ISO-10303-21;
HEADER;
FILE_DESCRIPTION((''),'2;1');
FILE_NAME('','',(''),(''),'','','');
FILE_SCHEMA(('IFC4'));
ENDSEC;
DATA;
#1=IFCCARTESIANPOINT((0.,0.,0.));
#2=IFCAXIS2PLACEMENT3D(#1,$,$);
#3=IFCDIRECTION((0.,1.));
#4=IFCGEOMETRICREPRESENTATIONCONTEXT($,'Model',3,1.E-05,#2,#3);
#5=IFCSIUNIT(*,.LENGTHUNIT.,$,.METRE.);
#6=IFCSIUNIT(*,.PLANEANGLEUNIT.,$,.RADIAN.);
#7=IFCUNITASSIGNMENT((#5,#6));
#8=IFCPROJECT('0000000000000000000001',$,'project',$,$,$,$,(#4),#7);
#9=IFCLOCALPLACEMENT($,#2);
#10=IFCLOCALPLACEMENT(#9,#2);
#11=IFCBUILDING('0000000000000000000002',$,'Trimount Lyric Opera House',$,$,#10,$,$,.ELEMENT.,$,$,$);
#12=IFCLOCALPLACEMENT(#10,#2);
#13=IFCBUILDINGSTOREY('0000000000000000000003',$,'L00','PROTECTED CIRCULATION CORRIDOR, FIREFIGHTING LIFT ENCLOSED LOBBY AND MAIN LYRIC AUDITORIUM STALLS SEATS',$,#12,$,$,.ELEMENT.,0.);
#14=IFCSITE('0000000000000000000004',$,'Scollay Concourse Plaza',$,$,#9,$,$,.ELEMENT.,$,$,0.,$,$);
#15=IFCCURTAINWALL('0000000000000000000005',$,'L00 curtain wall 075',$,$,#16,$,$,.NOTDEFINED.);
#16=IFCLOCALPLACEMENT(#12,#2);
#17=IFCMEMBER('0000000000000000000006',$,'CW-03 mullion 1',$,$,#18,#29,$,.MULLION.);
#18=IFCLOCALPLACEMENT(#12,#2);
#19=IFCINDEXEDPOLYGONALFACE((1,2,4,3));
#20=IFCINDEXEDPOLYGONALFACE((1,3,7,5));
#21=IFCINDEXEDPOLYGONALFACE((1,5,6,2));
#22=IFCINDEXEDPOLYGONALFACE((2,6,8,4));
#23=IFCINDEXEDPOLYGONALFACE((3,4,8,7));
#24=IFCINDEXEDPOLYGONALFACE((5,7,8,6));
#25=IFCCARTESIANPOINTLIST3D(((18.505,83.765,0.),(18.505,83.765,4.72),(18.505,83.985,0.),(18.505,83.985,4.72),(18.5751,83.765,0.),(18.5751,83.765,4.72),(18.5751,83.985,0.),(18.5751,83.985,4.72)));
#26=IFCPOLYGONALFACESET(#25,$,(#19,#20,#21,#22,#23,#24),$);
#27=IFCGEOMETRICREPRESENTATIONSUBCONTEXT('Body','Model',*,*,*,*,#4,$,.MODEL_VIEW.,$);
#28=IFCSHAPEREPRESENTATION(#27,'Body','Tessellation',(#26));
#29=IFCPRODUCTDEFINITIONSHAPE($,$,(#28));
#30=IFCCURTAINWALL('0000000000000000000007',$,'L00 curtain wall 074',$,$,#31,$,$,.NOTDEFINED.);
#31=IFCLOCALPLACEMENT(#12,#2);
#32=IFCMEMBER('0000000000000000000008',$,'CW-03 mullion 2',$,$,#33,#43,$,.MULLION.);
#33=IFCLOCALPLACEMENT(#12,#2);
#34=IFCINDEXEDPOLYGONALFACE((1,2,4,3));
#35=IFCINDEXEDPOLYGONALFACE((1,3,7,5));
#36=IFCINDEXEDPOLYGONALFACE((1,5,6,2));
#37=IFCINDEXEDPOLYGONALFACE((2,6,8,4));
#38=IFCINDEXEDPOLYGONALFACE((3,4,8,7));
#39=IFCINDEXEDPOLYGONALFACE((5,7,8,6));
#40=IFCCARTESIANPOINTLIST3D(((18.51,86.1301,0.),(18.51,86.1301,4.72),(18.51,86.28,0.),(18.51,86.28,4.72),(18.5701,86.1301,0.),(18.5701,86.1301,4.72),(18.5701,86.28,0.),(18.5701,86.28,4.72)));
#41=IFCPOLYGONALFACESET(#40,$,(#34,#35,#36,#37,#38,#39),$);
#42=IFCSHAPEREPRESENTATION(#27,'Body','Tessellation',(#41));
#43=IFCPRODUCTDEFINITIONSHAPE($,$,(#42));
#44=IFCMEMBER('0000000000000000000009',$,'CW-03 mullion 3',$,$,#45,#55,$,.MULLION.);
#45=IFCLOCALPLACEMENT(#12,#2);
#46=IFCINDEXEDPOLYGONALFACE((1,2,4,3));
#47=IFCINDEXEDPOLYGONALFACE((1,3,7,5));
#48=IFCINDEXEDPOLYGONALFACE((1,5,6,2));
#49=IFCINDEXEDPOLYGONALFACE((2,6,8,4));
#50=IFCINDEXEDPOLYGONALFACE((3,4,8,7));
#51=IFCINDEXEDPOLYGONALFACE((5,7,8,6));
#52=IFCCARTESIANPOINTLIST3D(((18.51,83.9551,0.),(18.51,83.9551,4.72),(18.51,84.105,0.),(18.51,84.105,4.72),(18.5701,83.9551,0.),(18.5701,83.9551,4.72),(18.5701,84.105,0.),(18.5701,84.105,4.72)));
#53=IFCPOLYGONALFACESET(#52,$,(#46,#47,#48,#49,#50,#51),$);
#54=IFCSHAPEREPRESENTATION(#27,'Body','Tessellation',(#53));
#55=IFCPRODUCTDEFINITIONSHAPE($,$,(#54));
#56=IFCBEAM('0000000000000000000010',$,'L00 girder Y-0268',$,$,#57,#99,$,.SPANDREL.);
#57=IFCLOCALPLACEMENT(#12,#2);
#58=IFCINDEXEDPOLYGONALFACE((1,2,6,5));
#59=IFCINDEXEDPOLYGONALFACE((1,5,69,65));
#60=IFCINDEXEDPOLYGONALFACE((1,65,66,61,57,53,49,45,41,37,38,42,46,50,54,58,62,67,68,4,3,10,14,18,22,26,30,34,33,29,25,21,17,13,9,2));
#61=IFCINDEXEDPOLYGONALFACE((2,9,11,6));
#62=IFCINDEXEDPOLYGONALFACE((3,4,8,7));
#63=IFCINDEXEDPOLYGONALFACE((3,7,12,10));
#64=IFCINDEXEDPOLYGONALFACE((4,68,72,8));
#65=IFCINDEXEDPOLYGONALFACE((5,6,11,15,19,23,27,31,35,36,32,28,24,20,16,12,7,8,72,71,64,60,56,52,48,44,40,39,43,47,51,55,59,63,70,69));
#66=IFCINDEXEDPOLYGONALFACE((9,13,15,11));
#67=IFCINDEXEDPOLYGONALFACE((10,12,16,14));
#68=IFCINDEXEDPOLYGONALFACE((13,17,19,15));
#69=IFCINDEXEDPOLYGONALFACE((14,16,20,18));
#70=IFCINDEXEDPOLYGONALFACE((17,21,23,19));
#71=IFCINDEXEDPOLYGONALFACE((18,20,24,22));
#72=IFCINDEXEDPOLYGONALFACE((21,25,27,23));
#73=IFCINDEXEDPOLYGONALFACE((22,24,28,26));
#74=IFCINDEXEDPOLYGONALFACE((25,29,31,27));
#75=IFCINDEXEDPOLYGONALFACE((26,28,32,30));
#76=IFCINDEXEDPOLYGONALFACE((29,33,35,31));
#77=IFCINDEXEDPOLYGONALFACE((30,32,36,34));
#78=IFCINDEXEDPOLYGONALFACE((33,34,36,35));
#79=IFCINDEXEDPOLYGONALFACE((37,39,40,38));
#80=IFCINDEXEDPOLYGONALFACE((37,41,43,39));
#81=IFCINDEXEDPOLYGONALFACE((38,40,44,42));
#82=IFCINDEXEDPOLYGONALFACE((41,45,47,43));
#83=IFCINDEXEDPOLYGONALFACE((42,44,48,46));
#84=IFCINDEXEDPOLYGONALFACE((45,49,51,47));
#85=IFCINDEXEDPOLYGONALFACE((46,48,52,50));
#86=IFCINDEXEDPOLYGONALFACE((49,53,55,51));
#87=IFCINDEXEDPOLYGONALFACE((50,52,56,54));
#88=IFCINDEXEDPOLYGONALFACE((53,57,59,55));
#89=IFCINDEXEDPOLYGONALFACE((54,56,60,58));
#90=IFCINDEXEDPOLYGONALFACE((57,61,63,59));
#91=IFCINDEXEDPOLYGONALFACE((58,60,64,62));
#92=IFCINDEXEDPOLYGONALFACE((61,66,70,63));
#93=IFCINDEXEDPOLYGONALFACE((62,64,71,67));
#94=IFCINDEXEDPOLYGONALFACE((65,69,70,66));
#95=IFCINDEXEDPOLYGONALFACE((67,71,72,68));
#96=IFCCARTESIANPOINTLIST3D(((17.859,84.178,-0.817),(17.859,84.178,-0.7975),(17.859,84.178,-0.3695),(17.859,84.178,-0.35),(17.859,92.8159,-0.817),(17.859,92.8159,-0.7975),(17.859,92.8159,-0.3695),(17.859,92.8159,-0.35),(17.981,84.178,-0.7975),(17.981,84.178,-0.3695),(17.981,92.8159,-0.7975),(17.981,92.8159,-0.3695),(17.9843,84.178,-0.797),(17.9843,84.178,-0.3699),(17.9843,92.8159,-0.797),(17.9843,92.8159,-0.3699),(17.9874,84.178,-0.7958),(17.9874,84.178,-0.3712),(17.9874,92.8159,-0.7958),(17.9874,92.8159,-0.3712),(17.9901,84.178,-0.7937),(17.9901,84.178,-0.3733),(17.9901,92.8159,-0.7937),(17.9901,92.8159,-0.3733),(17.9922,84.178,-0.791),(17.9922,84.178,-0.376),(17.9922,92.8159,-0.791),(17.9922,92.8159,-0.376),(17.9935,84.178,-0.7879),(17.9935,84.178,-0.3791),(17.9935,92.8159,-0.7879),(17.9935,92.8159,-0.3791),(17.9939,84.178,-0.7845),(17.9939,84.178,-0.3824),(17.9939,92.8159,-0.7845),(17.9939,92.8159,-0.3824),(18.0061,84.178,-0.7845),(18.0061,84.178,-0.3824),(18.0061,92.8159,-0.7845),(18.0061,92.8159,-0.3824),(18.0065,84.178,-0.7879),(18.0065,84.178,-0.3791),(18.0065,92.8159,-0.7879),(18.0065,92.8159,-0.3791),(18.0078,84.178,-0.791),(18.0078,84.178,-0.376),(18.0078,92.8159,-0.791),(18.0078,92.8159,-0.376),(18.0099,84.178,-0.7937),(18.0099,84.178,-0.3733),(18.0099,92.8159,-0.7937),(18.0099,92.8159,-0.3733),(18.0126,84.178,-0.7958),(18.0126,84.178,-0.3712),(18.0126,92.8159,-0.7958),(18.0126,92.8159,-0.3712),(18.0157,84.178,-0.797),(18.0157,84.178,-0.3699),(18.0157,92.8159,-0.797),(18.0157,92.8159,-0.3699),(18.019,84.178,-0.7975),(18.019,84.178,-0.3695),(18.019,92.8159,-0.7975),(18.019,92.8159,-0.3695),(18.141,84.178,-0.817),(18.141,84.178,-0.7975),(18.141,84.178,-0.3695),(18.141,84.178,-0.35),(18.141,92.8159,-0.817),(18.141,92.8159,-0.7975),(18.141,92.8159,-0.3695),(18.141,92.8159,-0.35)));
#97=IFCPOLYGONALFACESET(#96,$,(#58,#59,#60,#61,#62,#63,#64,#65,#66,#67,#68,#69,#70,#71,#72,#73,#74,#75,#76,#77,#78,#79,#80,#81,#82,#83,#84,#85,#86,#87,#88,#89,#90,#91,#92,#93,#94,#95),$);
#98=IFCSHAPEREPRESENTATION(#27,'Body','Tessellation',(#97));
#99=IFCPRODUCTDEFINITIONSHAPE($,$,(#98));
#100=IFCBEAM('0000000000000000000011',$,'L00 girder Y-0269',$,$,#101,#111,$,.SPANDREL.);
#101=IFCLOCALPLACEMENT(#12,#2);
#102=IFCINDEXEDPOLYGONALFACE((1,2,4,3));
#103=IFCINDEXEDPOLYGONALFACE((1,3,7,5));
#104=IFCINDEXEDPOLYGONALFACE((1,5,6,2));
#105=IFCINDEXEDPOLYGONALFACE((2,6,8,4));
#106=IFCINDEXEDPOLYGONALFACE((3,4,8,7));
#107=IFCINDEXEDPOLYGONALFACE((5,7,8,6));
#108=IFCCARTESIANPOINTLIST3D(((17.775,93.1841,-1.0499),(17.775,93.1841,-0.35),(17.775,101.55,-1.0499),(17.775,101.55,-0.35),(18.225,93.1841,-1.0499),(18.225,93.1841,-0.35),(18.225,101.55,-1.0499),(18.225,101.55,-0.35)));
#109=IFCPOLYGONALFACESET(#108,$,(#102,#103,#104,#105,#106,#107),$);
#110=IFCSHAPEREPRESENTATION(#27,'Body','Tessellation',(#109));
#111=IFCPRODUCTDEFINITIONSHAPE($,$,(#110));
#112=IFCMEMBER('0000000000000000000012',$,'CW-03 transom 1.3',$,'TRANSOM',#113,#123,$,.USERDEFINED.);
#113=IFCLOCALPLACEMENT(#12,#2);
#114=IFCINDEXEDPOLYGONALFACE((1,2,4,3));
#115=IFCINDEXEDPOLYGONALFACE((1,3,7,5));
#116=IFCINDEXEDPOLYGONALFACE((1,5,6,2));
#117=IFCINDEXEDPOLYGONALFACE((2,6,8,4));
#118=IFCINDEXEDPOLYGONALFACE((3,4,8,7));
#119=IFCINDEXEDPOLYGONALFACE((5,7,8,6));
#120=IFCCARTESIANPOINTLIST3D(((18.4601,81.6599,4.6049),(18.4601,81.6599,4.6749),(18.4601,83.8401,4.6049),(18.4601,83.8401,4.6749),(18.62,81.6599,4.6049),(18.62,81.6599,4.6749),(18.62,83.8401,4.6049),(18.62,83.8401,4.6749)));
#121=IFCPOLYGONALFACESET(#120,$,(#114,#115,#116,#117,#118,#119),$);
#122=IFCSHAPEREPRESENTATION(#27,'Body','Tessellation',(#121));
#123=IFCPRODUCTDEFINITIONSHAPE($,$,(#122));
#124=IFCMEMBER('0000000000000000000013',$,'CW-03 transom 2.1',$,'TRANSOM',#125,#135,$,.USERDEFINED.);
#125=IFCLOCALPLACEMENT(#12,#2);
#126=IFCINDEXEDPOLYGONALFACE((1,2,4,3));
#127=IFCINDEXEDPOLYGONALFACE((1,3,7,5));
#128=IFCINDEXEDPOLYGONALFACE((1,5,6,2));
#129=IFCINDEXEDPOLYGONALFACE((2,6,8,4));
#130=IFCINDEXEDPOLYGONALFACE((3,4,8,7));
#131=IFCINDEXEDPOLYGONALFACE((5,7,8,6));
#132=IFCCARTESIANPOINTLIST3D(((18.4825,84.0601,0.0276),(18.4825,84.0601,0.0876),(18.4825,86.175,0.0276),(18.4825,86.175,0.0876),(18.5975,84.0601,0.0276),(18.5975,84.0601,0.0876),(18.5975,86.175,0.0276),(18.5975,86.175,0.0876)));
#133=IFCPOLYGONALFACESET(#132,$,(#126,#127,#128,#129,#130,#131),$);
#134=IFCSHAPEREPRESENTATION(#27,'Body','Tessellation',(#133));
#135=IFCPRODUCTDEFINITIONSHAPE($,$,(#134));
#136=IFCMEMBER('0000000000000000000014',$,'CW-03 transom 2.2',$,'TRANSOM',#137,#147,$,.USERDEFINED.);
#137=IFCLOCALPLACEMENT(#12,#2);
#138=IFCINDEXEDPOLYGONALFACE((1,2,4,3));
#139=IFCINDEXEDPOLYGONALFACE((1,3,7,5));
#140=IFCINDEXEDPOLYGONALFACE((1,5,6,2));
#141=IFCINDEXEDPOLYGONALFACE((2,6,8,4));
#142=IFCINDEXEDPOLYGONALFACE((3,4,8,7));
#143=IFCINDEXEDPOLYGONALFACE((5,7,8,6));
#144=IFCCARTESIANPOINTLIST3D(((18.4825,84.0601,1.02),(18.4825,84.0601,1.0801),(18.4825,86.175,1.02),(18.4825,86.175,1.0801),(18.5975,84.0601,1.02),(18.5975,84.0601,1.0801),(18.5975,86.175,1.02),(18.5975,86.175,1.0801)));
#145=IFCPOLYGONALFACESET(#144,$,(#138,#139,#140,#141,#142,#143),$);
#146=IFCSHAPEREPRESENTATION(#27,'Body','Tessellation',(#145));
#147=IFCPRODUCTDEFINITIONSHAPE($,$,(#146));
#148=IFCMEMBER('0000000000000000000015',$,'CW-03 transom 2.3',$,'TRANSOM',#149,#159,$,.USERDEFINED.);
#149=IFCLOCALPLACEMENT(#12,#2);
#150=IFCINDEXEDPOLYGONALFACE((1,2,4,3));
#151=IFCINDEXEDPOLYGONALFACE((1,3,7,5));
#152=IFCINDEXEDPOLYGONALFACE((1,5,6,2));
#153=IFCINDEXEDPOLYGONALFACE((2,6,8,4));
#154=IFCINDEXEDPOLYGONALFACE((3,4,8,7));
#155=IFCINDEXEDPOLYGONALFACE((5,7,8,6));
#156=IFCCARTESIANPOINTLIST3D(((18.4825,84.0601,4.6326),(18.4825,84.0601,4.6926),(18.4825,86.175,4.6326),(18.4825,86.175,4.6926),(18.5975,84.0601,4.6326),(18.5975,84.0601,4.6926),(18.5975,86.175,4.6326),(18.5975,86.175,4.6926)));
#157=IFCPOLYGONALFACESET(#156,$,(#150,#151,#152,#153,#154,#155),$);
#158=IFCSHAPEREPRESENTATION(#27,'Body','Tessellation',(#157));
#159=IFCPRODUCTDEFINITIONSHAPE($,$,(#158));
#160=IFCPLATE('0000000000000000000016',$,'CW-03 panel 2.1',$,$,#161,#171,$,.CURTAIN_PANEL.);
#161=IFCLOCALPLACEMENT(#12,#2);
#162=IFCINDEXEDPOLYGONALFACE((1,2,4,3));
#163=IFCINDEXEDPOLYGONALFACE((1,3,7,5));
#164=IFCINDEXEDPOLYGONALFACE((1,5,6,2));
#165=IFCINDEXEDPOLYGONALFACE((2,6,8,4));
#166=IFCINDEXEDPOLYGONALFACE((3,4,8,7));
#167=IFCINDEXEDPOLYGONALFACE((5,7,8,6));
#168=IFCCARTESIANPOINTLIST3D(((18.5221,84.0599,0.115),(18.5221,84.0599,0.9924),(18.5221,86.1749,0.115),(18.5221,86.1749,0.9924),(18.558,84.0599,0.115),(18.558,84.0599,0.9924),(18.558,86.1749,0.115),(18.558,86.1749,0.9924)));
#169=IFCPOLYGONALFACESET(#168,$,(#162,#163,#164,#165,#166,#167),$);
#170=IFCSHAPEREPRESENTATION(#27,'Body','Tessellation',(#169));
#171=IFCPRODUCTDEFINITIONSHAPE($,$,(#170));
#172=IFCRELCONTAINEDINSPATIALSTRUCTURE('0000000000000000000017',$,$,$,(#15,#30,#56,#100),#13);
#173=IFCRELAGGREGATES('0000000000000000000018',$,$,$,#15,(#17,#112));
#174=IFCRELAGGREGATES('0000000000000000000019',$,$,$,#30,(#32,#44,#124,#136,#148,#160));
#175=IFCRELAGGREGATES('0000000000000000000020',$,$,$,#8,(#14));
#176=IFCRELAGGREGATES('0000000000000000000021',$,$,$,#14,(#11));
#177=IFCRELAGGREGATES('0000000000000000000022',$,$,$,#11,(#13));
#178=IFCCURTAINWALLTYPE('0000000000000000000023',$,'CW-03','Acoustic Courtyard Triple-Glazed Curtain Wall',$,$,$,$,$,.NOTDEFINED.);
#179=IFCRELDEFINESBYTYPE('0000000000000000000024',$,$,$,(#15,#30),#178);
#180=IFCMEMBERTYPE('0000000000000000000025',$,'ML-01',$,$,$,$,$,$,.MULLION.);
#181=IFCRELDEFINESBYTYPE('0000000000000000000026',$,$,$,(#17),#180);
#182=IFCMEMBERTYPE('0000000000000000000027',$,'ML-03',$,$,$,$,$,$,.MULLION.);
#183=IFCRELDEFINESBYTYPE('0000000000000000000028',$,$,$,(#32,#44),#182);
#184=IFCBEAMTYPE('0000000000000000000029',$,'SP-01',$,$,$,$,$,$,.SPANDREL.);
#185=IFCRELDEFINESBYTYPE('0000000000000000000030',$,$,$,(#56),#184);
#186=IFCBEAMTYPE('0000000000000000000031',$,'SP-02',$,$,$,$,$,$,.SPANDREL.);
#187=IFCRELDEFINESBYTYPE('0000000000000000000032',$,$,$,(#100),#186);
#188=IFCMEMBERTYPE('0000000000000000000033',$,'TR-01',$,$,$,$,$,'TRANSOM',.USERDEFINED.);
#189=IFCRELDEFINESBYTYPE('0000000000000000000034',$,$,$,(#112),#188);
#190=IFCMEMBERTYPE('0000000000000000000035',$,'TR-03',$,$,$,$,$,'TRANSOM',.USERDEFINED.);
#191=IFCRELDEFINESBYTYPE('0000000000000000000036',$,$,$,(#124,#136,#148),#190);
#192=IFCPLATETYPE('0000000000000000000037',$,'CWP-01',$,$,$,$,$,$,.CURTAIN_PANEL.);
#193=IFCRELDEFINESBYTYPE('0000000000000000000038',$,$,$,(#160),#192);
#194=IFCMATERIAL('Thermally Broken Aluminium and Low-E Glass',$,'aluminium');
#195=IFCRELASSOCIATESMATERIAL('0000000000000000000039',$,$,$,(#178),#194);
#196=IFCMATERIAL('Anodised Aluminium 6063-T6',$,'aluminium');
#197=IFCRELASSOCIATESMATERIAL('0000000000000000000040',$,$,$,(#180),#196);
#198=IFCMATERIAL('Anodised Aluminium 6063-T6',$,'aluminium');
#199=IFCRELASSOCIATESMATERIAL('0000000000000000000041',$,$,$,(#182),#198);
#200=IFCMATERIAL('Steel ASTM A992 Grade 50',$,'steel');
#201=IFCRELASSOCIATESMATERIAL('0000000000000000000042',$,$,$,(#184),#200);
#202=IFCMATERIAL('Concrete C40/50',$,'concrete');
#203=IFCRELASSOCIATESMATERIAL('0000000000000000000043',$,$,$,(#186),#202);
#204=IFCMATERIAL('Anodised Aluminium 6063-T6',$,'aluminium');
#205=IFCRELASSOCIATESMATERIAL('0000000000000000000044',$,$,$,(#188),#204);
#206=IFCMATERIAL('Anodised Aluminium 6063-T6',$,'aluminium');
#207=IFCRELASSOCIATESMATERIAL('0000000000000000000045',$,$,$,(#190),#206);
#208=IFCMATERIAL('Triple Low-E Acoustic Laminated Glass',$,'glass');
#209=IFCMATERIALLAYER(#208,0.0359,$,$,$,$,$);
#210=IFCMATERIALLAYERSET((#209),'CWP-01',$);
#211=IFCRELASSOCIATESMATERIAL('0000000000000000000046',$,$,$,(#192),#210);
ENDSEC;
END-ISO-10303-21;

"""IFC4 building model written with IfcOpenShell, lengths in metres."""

from ifc_helpers import new_model, si_unit, direction, frame, origin, origin_2d, place, context, subcontext, project, spatial, rectangle, i_section, extrude, material, layer, layer_set, material_profile, profile_set, type_object, element, aggregate, save


model = new_model("IFC4")

# Units and contexts
model_context = context("Model", 3, precision=1e-05, world=origin(), true_north=direction((0.0, 1.0)))
body_context = subcontext(model_context, "Body", "Model", "MODEL_VIEW")
ifc_project = project(units=[si_unit("LENGTHUNIT", "METRE"), si_unit("PLANEANGLEUNIT", "RADIAN")], contexts=[model_context])

# Site, building, storey
site_placement = place(None, origin())
site = spatial("IfcSite", under=ifc_project, at=site_placement, Name="Scollay Concourse Plaza", CompositionType="ELEMENT", RefElevation=0.0)
building_placement = place(site_placement, origin())
building = spatial("IfcBuilding", under=site, at=building_placement, Name="Trimount Lyric Opera House", CompositionType="ELEMENT")
storey_placement = place(building_placement, origin())
storey = spatial("IfcBuildingStorey", under=building, at=storey_placement, Name="L00", Description="PROTECTED CIRCULATION CORRIDOR, FIREFIGHTING LIFT ENCLOSED LOBBY AND MAIN LYRIC AUDITORIUM STALLS SEATS", CompositionType="ELEMENT", Elevation=0.0)

# Curtain wall, member
ifc_material_1 = material(Name="Thermally Broken Aluminium and Low-E Glass", Category="aluminium")
curtain_wall_type = type_object("IfcCurtainWallType", Name="CW-03", Description="Acoustic Courtyard Triple-Glazed Curtain Wall", PredefinedType="NOTDEFINED", material=ifc_material_1)
curtain_wall_1_placement = place(storey_placement, origin())
curtain_wall_1 = element("IfcCurtainWall", 1, at=curtain_wall_1_placement, inside=storey, type_object=curtain_wall_type, Name="L00 curtain wall 075", PredefinedType="NOTDEFINED")
ifc_material_2 = material(Name="Anodised Aluminium 6063-T6", Category="aluminium")
ifc_material_profile_1 = material_profile(ifc_material_2, rectangle(XDim=0.0701, YDim=0.22, at=origin_2d()), Name="ALU-MULL-70X220")
ifc_profile_set_1 = profile_set([ifc_material_profile_1], Name="Anodised Aluminium 6063-T6")
member_type_1 = type_object("IfcMemberType", Name="ML-01", PredefinedType="MULLION", material=ifc_profile_set_1)
member_1_placement = place(storey_placement, frame((18.54, 83.875, 0.0), z_axis=(0.0, 0.0, 1.0), x_axis=(1.0, 0.0, 0.0)))
member_1 = element("IfcMember", 2, at=member_1_placement, type_object=member_type_1, Name="CW-03 mullion 1", PredefinedType="MULLION", context=body_context, shape_type="SweptSolid", body=[
    extrude(rectangle(XDim=0.0701, YDim=0.22, at=origin_2d()), origin(), (0.0, 0.0, 1.0), 4.72),
])

# Curtain wall, members
curtain_wall_2_placement = place(storey_placement, origin())
curtain_wall_2 = element("IfcCurtainWall", 3, at=curtain_wall_2_placement, inside=storey, type_object=curtain_wall_type, Name="L00 curtain wall 074", PredefinedType="NOTDEFINED")
ifc_material_3 = material(Name="Anodised Aluminium 6063-T6", Category="aluminium")
ifc_material_profile_2 = material_profile(ifc_material_3, rectangle(XDim=0.0601, YDim=0.1499, at=origin_2d()), Name="ALU-MULL-60X150")
ifc_profile_set_2 = profile_set([ifc_material_profile_2], Name="Anodised Aluminium 6063-T6")
member_type_2 = type_object("IfcMemberType", Name="ML-03", PredefinedType="MULLION", material=ifc_profile_set_2)
member_2_placement = place(storey_placement, frame((18.54, 86.2051, 0.0), z_axis=(0.0, 0.0, 1.0), x_axis=(1.0, 0.0, 0.0)))
member_2 = element("IfcMember", 4, at=member_2_placement, type_object=member_type_2, Name="CW-03 mullion 2", PredefinedType="MULLION", context=body_context, shape_type="SweptSolid", body=[
    extrude(rectangle(XDim=0.0601, YDim=0.1499, at=origin_2d()), origin(), (0.0, 0.0, 1.0), 4.72),
])
member_3_placement = place(storey_placement, frame((18.54, 84.03, 0.0), z_axis=(0.0, 0.0, 1.0), x_axis=(1.0, 0.0, 0.0)))
member_3 = element("IfcMember", 5, at=member_3_placement, type_object=member_type_2, Name="CW-03 mullion 3", PredefinedType="MULLION", context=body_context, shape_type="SweptSolid", body=[
    extrude(rectangle(XDim=0.0601, YDim=0.1499, at=origin_2d()), origin(), (0.0, 0.0, 1.0), 4.72),
])

# Beams
ifc_material_4 = material(Name="Steel ASTM A992 Grade 50", Category="steel")
ifc_material_profile_3 = material_profile(ifc_material_4, i_section(OverallWidth=0.282, OverallDepth=0.467, WebThickness=0.0122, FlangeThickness=0.0195, FilletRadius=0.0129, at=origin_2d()), Name="W18X86")
ifc_profile_set_3 = profile_set([ifc_material_profile_3], Name="Steel ASTM A992 Grade 50")
beam_type_1 = type_object("IfcBeamType", Name="SP-01", PredefinedType="SPANDREL", material=ifc_profile_set_3)
beam_1_placement = place(storey_placement, frame((18.0, 84.178, -0.5835), z_axis=(0.0, 1.0, 0.0), x_axis=(-1.0, 0.0, 0.0)))
element("IfcBeam", 6, at=beam_1_placement, inside=storey, type_object=beam_type_1, Name="L00 girder Y-0268", PredefinedType="SPANDREL", context=body_context, shape_type="SweptSolid", body=[
    extrude(i_section(OverallWidth=0.282, OverallDepth=0.467, WebThickness=0.0122, FlangeThickness=0.0195, FilletRadius=0.0129, at=origin_2d()), origin(), (0.0, 0.0, 1.0), 8.6379),
])
ifc_material_5 = material(Name="Concrete C40/50", Category="concrete")
ifc_material_profile_4 = material_profile(ifc_material_5, rectangle(XDim=0.45, YDim=0.7, at=origin_2d()), Name="RC450X700")
ifc_profile_set_4 = profile_set([ifc_material_profile_4], Name="Concrete C40/50")
beam_type_2 = type_object("IfcBeamType", Name="SP-02", PredefinedType="SPANDREL", material=ifc_profile_set_4)
beam_2_placement = place(storey_placement, frame((18.0, 93.1841, -0.7), z_axis=(0.0, 1.0, 0.0), x_axis=(-1.0, 0.0, 0.0)))
element("IfcBeam", 7, at=beam_2_placement, inside=storey, type_object=beam_type_2, Name="L00 girder Y-0269", PredefinedType="SPANDREL", context=body_context, shape_type="SweptSolid", body=[
    extrude(rectangle(XDim=0.45, YDim=0.7, at=origin_2d()), origin(), (0.0, 0.0, 1.0), 8.366),
])

# Members
ifc_material_6 = material(Name="Anodised Aluminium 6063-T6", Category="aluminium")
ifc_material_profile_5 = material_profile(ifc_material_6, rectangle(XDim=0.1599, YDim=0.0701, at=origin_2d()), Name="ALU-TRAN-70X160")
ifc_profile_set_5 = profile_set([ifc_material_profile_5], Name="Anodised Aluminium 6063-T6")
member_type_3 = type_object("IfcMemberType", Name="TR-01", ElementType="TRANSOM", PredefinedType="USERDEFINED", material=ifc_profile_set_5)
member_4_placement = place(storey_placement, frame((18.54, 83.8401, 4.6399), z_axis=(0.0, -1.0, 0.0), x_axis=(1.0, 0.0, 0.0)))
member_4 = element("IfcMember", 8, at=member_4_placement, type_object=member_type_3, Name="CW-03 transom 1.3", ObjectType="TRANSOM", PredefinedType="USERDEFINED", context=body_context, shape_type="SweptSolid", body=[
    extrude(rectangle(XDim=0.1599, YDim=0.0701, at=origin_2d()), origin(), (0.0, 0.0, 1.0), 2.1802),
])
aggregate(curtain_wall_1, [member_1, member_4])
ifc_material_7 = material(Name="Anodised Aluminium 6063-T6", Category="aluminium")
ifc_material_profile_6 = material_profile(ifc_material_7, rectangle(XDim=0.115, YDim=0.0601, at=origin_2d()), Name="ALU-TRAN-60X115")
ifc_profile_set_6 = profile_set([ifc_material_profile_6], Name="Anodised Aluminium 6063-T6")
member_type_4 = type_object("IfcMemberType", Name="TR-03", ElementType="TRANSOM", PredefinedType="USERDEFINED", material=ifc_profile_set_6)
member_5_placement = place(storey_placement, frame((18.54, 86.175, 0.0576), z_axis=(0.0, -1.0, 0.0), x_axis=(1.0, 0.0, 0.0)))
member_5 = element("IfcMember", 9, at=member_5_placement, type_object=member_type_4, Name="CW-03 transom 2.1", ObjectType="TRANSOM", PredefinedType="USERDEFINED", context=body_context, shape_type="SweptSolid", body=[
    extrude(rectangle(XDim=0.115, YDim=0.0601, at=origin_2d()), origin(), (0.0, 0.0, 1.0), 2.115),
])
member_6_placement = place(storey_placement, frame((18.54, 86.175, 1.05), z_axis=(0.0, -1.0, 0.0), x_axis=(1.0, 0.0, 0.0)))
member_6 = element("IfcMember", 10, at=member_6_placement, type_object=member_type_4, Name="CW-03 transom 2.2", ObjectType="TRANSOM", PredefinedType="USERDEFINED", context=body_context, shape_type="SweptSolid", body=[
    extrude(rectangle(XDim=0.115, YDim=0.0601, at=origin_2d()), origin(), (0.0, 0.0, 1.0), 2.115),
])
member_7_placement = place(storey_placement, frame((18.54, 86.175, 4.6626), z_axis=(0.0, -1.0, 0.0), x_axis=(1.0, 0.0, 0.0)))
member_7 = element("IfcMember", 11, at=member_7_placement, type_object=member_type_4, Name="CW-03 transom 2.3", ObjectType="TRANSOM", PredefinedType="USERDEFINED", context=body_context, shape_type="SweptSolid", body=[
    extrude(rectangle(XDim=0.115, YDim=0.0601, at=origin_2d()), origin(), (0.0, 0.0, 1.0), 2.115),
])

# Plate
ifc_material_8 = material(Name="Triple Low-E Acoustic Laminated Glass", Category="glass")
ifc_layer_1 = layer(ifc_material_8, 0.0359)
ifc_layer_set_1 = layer_set([ifc_layer_1], Name="CWP-01")
plate_type_1 = type_object("IfcPlateType", Name="CWP-01", PredefinedType="CURTAIN_PANEL", material=ifc_layer_set_1)
plate_1_placement = place(storey_placement, frame((18.54, 85.1174, 0.115), z_axis=(0.0, 0.0, 1.0), x_axis=(0.0, -1.0, 0.0)))
plate_1 = element("IfcPlate", 12, at=plate_1_placement, type_object=plate_type_1, Name="CW-03 panel 2.1", PredefinedType="CURTAIN_PANEL", context=body_context, shape_type="SweptSolid", body=[
    extrude(rectangle(XDim=2.115, YDim=0.0359, at=origin_2d()), origin(), (0.0, 0.0, 1.0), 0.8774),
])
aggregate(curtain_wall_2, [member_2, member_3, member_5, member_6, member_7, plate_1])

save(model, "model.ifc")
